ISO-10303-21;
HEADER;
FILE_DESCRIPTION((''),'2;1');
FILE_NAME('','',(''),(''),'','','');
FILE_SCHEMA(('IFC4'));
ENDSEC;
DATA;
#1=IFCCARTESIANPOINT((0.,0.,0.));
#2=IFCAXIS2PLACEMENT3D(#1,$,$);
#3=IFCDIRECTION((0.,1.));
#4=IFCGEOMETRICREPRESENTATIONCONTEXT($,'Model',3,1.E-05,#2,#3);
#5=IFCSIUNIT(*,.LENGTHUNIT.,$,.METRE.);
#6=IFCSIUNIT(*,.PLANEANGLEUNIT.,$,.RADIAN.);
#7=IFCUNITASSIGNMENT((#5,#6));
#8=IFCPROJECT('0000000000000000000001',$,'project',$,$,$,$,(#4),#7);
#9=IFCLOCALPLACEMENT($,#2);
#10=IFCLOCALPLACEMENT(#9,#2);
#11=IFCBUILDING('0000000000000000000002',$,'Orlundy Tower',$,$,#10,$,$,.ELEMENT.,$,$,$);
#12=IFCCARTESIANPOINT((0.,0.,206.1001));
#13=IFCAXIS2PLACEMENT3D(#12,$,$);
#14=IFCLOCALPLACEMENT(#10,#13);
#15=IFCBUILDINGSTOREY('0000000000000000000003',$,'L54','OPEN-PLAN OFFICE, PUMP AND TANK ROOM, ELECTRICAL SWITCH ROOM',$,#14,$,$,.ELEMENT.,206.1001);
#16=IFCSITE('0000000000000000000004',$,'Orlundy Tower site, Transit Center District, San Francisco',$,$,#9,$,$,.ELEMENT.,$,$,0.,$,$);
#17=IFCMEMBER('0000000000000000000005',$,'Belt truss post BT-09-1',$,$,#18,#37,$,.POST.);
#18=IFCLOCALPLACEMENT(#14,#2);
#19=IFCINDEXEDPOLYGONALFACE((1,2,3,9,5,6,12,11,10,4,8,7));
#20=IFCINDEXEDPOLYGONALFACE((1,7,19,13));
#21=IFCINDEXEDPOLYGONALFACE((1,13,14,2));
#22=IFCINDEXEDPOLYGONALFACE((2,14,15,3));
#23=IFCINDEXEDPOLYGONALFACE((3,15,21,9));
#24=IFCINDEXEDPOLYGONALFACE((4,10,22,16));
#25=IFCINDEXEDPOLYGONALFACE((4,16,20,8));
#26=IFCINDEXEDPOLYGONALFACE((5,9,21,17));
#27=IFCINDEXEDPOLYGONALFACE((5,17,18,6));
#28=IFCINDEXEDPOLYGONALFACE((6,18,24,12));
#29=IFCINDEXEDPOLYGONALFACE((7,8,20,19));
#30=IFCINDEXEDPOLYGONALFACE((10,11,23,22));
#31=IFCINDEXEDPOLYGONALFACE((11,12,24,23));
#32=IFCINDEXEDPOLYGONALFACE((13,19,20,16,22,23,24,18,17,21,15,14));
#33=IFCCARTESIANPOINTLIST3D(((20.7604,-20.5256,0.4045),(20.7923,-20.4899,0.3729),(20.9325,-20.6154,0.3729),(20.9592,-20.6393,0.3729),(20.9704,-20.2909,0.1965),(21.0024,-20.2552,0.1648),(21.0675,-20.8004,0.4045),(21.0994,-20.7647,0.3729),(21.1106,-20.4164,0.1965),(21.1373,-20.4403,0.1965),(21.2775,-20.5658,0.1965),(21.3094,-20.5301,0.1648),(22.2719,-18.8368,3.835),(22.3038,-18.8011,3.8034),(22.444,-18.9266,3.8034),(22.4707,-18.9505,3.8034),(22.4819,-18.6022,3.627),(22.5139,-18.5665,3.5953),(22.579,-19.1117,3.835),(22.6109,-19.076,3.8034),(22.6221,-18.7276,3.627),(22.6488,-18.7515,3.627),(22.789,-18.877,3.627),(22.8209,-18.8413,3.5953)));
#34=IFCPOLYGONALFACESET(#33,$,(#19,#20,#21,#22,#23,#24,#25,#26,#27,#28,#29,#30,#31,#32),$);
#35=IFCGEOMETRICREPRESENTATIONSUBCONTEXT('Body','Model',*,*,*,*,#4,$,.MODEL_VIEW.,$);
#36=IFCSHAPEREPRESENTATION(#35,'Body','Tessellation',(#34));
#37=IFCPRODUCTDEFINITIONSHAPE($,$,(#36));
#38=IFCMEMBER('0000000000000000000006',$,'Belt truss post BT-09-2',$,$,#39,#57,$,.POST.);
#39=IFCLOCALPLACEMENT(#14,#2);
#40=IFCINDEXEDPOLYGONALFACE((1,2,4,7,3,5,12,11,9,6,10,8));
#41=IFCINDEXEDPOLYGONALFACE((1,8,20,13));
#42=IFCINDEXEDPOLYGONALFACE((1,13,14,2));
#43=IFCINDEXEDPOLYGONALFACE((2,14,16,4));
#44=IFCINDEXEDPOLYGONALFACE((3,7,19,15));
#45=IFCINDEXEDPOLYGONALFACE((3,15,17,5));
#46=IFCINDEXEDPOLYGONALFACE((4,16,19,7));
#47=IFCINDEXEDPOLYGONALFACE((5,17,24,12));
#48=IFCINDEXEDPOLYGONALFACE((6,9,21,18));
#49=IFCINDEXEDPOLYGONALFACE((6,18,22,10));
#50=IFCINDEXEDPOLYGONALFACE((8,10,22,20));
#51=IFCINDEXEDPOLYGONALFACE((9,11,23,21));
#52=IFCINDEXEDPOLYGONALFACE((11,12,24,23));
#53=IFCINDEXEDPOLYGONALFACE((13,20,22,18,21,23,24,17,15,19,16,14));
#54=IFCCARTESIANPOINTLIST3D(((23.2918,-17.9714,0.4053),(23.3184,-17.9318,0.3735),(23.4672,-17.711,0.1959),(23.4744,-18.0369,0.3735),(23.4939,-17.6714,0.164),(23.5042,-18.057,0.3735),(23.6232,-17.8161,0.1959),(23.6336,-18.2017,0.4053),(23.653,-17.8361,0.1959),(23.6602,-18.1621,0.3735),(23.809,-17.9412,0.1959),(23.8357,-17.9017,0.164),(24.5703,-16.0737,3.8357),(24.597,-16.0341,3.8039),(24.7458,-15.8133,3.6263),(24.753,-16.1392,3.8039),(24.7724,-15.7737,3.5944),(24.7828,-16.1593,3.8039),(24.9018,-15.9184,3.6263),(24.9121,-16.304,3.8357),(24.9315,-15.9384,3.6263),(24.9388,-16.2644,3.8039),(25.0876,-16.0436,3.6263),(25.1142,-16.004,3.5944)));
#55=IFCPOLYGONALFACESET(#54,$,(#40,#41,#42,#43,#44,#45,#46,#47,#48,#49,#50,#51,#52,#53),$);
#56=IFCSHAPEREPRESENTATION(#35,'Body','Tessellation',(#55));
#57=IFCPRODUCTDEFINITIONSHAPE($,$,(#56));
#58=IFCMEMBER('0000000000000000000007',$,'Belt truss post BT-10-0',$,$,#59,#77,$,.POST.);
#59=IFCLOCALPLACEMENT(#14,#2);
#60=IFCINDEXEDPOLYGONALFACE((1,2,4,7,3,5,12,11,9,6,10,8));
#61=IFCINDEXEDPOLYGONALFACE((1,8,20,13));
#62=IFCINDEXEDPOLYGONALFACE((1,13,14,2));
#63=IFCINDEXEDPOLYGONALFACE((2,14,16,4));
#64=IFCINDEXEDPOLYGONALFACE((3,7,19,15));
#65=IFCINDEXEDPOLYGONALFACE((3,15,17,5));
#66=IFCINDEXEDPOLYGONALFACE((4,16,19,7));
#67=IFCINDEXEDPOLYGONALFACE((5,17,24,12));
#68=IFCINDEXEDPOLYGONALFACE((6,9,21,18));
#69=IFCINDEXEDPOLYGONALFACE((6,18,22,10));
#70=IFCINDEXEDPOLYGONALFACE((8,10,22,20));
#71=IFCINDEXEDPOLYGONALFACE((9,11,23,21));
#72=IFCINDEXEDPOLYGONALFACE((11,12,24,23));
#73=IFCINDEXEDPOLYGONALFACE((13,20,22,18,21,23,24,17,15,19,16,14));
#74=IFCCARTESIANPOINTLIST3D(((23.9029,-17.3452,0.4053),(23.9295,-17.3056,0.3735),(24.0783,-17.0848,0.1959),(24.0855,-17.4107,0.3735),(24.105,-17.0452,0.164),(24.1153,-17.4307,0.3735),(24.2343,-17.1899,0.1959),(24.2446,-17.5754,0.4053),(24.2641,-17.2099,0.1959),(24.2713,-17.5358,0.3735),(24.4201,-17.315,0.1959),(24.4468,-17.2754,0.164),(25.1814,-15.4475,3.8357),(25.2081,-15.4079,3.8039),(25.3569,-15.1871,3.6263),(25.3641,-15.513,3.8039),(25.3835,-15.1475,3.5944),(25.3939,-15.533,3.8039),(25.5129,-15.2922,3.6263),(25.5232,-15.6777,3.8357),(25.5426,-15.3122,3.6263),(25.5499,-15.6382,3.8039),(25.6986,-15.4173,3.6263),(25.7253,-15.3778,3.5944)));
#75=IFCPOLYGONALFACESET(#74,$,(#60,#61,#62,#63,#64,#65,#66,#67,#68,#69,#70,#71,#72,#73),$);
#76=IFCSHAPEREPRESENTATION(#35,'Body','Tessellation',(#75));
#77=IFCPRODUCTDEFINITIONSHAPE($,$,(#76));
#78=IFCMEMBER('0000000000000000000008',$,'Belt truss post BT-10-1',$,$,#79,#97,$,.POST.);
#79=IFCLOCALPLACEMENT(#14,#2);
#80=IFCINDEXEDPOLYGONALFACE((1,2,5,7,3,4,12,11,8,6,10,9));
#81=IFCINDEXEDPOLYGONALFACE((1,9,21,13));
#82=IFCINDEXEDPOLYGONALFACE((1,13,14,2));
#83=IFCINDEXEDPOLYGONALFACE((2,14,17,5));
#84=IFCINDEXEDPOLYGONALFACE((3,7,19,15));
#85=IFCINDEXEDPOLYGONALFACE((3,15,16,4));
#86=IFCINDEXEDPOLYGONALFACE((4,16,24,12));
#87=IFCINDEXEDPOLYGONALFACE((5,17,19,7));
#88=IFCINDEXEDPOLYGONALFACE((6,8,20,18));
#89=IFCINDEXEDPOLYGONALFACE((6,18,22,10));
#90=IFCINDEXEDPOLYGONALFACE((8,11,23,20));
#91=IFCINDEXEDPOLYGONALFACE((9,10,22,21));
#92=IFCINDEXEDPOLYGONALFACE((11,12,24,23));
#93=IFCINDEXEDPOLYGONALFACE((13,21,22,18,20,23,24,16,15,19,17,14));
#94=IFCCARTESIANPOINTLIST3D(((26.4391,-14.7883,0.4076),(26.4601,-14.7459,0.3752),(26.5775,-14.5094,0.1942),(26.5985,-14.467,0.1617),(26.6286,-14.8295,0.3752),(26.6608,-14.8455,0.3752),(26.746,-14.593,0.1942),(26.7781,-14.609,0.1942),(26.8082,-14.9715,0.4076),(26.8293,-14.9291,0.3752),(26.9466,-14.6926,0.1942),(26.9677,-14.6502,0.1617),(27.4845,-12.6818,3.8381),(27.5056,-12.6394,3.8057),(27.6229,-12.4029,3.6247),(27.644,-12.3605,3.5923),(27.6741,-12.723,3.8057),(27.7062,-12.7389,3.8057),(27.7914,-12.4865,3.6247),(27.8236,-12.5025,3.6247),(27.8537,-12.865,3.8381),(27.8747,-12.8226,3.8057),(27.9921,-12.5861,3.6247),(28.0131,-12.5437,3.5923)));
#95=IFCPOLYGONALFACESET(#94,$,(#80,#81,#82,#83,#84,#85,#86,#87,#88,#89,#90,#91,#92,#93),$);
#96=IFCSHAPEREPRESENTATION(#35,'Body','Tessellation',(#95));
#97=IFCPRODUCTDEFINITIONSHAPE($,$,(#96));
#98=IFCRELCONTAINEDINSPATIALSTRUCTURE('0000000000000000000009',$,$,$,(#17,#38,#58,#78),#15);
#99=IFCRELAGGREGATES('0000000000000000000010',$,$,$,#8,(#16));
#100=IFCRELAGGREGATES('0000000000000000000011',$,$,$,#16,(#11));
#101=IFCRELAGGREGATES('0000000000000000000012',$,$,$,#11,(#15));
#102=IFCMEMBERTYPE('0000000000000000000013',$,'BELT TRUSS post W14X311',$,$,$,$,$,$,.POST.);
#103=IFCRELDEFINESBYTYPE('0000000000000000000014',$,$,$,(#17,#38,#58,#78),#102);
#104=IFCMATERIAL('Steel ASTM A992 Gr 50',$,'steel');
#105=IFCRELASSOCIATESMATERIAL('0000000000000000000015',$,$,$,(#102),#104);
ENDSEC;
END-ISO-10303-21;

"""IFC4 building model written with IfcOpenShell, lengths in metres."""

from ifc_helpers import new_model, si_unit, direction, frame, origin, origin_2d, place, context, subcontext, project, spatial, i_section, extrude, material, material_profile, profile_set, type_object, element, save


model = new_model("IFC4")

# Units and contexts
model_context = context("Model", 3, precision=1e-05, world=origin(), true_north=direction((0.0, 1.0)))
body_context = subcontext(model_context, "Body", "Model", "MODEL_VIEW")
ifc_project = project(units=[si_unit("LENGTHUNIT", "METRE"), si_unit("PLANEANGLEUNIT", "RADIAN")], contexts=[model_context])

# Site, building, storey
site_placement = place(None, origin())
site = spatial("IfcSite", under=ifc_project, at=site_placement, Name="Orlundy Tower site, Transit Center District, San Francisco", CompositionType="ELEMENT", RefElevation=0.0)
building_placement = place(site_placement, origin())
building = spatial("IfcBuilding", under=site, at=building_placement, Name="Orlundy Tower", CompositionType="ELEMENT")
storey_placement = place(building_placement, frame((0.0, 0.0, 206.1001)))
storey = spatial("IfcBuildingStorey", under=building, at=storey_placement, Name="L54", Description="OPEN-PLAN OFFICE, PUMP AND TANK ROOM, ELECTRICAL SWITCH ROOM", CompositionType="ELEMENT", Elevation=206.1001)

# Members
ifc_material_1 = material(Name="Steel ASTM A992 Gr 50", Category="steel")
ifc_material_profile_1 = material_profile(ifc_material_1, i_section(OverallWidth=0.4121, OverallDepth=0.4348, WebThickness=0.0359, FlangeThickness=0.0574, at=origin_2d()), Name="W14X311")
ifc_profile_set_1 = profile_set([ifc_material_profile_1], Name="Steel ASTM A992 Gr 50")
member_type_1 = type_object("IfcMemberType", Name="BELT TRUSS post W14X311", PredefinedType="POST", material=ifc_profile_set_1)
member_1_placement = place(storey_placement, frame((21.0349, -20.5278, 0.2847), z_axis=(0.367625, 0.410735, 0.834355), x_axis=(-0.745129, 0.666921, 0.0)))
element("IfcMember", 1, at=member_1_placement, inside=storey, type_object=member_type_1, Name="Belt truss post BT-09-1", PredefinedType="POST", context=body_context, shape_type="SweptSolid", body=[
    extrude(i_section(OverallWidth=0.4121, OverallDepth=0.4348, WebThickness=0.0359, FlangeThickness=0.0574, at=origin_2d()), origin(), (0.0, 0.0, 1.0), 4.1116),
])
for number, where, z_axis, x_axis, name in (
    (2, (23.5637, -17.9365, 0.2847), (0.310063, 0.46021, 0.831906), (-0.829332, 0.558756, 0.0), "Belt truss post BT-09-2"),
    (3, (24.1748, -17.3103, 0.2847), (0.310063, 0.46021, 0.831906), (-0.829332, 0.558756, 0.0), "Belt truss post BT-10-0"),
):
    element("IfcMember", number, at=place(storey_placement, frame(where, z_axis=z_axis, x_axis=x_axis)), inside=storey, type_object=member_type_1, Name=name, PredefinedType="POST", context=body_context, shape_type="SweptSolid", body=[
        extrude(i_section(OverallWidth=0.4121, OverallDepth=0.4348, WebThickness=0.0359, FlangeThickness=0.0574, at=origin_2d()), origin(), (0.0, 0.0, 1.0), 4.1235),
    ])
member_2_placement = place(storey_placement, frame((26.7034, -14.7192, 0.2847), z_axis=(0.251357, 0.506472, 0.824807), x_axis=(-0.895752, 0.444554, 0.0)))
element("IfcMember", 4, at=member_2_placement, inside=storey, type_object=member_type_1, Name="Belt truss post BT-10-1", PredefinedType="POST", context=body_context, shape_type="SweptSolid", body=[
    extrude(i_section(OverallWidth=0.4121, OverallDepth=0.4348, WebThickness=0.0359, FlangeThickness=0.0574, at=origin_2d()), origin(), (0.0, 0.0, 1.0), 4.1592),
])

save(model, "model.ifc")
